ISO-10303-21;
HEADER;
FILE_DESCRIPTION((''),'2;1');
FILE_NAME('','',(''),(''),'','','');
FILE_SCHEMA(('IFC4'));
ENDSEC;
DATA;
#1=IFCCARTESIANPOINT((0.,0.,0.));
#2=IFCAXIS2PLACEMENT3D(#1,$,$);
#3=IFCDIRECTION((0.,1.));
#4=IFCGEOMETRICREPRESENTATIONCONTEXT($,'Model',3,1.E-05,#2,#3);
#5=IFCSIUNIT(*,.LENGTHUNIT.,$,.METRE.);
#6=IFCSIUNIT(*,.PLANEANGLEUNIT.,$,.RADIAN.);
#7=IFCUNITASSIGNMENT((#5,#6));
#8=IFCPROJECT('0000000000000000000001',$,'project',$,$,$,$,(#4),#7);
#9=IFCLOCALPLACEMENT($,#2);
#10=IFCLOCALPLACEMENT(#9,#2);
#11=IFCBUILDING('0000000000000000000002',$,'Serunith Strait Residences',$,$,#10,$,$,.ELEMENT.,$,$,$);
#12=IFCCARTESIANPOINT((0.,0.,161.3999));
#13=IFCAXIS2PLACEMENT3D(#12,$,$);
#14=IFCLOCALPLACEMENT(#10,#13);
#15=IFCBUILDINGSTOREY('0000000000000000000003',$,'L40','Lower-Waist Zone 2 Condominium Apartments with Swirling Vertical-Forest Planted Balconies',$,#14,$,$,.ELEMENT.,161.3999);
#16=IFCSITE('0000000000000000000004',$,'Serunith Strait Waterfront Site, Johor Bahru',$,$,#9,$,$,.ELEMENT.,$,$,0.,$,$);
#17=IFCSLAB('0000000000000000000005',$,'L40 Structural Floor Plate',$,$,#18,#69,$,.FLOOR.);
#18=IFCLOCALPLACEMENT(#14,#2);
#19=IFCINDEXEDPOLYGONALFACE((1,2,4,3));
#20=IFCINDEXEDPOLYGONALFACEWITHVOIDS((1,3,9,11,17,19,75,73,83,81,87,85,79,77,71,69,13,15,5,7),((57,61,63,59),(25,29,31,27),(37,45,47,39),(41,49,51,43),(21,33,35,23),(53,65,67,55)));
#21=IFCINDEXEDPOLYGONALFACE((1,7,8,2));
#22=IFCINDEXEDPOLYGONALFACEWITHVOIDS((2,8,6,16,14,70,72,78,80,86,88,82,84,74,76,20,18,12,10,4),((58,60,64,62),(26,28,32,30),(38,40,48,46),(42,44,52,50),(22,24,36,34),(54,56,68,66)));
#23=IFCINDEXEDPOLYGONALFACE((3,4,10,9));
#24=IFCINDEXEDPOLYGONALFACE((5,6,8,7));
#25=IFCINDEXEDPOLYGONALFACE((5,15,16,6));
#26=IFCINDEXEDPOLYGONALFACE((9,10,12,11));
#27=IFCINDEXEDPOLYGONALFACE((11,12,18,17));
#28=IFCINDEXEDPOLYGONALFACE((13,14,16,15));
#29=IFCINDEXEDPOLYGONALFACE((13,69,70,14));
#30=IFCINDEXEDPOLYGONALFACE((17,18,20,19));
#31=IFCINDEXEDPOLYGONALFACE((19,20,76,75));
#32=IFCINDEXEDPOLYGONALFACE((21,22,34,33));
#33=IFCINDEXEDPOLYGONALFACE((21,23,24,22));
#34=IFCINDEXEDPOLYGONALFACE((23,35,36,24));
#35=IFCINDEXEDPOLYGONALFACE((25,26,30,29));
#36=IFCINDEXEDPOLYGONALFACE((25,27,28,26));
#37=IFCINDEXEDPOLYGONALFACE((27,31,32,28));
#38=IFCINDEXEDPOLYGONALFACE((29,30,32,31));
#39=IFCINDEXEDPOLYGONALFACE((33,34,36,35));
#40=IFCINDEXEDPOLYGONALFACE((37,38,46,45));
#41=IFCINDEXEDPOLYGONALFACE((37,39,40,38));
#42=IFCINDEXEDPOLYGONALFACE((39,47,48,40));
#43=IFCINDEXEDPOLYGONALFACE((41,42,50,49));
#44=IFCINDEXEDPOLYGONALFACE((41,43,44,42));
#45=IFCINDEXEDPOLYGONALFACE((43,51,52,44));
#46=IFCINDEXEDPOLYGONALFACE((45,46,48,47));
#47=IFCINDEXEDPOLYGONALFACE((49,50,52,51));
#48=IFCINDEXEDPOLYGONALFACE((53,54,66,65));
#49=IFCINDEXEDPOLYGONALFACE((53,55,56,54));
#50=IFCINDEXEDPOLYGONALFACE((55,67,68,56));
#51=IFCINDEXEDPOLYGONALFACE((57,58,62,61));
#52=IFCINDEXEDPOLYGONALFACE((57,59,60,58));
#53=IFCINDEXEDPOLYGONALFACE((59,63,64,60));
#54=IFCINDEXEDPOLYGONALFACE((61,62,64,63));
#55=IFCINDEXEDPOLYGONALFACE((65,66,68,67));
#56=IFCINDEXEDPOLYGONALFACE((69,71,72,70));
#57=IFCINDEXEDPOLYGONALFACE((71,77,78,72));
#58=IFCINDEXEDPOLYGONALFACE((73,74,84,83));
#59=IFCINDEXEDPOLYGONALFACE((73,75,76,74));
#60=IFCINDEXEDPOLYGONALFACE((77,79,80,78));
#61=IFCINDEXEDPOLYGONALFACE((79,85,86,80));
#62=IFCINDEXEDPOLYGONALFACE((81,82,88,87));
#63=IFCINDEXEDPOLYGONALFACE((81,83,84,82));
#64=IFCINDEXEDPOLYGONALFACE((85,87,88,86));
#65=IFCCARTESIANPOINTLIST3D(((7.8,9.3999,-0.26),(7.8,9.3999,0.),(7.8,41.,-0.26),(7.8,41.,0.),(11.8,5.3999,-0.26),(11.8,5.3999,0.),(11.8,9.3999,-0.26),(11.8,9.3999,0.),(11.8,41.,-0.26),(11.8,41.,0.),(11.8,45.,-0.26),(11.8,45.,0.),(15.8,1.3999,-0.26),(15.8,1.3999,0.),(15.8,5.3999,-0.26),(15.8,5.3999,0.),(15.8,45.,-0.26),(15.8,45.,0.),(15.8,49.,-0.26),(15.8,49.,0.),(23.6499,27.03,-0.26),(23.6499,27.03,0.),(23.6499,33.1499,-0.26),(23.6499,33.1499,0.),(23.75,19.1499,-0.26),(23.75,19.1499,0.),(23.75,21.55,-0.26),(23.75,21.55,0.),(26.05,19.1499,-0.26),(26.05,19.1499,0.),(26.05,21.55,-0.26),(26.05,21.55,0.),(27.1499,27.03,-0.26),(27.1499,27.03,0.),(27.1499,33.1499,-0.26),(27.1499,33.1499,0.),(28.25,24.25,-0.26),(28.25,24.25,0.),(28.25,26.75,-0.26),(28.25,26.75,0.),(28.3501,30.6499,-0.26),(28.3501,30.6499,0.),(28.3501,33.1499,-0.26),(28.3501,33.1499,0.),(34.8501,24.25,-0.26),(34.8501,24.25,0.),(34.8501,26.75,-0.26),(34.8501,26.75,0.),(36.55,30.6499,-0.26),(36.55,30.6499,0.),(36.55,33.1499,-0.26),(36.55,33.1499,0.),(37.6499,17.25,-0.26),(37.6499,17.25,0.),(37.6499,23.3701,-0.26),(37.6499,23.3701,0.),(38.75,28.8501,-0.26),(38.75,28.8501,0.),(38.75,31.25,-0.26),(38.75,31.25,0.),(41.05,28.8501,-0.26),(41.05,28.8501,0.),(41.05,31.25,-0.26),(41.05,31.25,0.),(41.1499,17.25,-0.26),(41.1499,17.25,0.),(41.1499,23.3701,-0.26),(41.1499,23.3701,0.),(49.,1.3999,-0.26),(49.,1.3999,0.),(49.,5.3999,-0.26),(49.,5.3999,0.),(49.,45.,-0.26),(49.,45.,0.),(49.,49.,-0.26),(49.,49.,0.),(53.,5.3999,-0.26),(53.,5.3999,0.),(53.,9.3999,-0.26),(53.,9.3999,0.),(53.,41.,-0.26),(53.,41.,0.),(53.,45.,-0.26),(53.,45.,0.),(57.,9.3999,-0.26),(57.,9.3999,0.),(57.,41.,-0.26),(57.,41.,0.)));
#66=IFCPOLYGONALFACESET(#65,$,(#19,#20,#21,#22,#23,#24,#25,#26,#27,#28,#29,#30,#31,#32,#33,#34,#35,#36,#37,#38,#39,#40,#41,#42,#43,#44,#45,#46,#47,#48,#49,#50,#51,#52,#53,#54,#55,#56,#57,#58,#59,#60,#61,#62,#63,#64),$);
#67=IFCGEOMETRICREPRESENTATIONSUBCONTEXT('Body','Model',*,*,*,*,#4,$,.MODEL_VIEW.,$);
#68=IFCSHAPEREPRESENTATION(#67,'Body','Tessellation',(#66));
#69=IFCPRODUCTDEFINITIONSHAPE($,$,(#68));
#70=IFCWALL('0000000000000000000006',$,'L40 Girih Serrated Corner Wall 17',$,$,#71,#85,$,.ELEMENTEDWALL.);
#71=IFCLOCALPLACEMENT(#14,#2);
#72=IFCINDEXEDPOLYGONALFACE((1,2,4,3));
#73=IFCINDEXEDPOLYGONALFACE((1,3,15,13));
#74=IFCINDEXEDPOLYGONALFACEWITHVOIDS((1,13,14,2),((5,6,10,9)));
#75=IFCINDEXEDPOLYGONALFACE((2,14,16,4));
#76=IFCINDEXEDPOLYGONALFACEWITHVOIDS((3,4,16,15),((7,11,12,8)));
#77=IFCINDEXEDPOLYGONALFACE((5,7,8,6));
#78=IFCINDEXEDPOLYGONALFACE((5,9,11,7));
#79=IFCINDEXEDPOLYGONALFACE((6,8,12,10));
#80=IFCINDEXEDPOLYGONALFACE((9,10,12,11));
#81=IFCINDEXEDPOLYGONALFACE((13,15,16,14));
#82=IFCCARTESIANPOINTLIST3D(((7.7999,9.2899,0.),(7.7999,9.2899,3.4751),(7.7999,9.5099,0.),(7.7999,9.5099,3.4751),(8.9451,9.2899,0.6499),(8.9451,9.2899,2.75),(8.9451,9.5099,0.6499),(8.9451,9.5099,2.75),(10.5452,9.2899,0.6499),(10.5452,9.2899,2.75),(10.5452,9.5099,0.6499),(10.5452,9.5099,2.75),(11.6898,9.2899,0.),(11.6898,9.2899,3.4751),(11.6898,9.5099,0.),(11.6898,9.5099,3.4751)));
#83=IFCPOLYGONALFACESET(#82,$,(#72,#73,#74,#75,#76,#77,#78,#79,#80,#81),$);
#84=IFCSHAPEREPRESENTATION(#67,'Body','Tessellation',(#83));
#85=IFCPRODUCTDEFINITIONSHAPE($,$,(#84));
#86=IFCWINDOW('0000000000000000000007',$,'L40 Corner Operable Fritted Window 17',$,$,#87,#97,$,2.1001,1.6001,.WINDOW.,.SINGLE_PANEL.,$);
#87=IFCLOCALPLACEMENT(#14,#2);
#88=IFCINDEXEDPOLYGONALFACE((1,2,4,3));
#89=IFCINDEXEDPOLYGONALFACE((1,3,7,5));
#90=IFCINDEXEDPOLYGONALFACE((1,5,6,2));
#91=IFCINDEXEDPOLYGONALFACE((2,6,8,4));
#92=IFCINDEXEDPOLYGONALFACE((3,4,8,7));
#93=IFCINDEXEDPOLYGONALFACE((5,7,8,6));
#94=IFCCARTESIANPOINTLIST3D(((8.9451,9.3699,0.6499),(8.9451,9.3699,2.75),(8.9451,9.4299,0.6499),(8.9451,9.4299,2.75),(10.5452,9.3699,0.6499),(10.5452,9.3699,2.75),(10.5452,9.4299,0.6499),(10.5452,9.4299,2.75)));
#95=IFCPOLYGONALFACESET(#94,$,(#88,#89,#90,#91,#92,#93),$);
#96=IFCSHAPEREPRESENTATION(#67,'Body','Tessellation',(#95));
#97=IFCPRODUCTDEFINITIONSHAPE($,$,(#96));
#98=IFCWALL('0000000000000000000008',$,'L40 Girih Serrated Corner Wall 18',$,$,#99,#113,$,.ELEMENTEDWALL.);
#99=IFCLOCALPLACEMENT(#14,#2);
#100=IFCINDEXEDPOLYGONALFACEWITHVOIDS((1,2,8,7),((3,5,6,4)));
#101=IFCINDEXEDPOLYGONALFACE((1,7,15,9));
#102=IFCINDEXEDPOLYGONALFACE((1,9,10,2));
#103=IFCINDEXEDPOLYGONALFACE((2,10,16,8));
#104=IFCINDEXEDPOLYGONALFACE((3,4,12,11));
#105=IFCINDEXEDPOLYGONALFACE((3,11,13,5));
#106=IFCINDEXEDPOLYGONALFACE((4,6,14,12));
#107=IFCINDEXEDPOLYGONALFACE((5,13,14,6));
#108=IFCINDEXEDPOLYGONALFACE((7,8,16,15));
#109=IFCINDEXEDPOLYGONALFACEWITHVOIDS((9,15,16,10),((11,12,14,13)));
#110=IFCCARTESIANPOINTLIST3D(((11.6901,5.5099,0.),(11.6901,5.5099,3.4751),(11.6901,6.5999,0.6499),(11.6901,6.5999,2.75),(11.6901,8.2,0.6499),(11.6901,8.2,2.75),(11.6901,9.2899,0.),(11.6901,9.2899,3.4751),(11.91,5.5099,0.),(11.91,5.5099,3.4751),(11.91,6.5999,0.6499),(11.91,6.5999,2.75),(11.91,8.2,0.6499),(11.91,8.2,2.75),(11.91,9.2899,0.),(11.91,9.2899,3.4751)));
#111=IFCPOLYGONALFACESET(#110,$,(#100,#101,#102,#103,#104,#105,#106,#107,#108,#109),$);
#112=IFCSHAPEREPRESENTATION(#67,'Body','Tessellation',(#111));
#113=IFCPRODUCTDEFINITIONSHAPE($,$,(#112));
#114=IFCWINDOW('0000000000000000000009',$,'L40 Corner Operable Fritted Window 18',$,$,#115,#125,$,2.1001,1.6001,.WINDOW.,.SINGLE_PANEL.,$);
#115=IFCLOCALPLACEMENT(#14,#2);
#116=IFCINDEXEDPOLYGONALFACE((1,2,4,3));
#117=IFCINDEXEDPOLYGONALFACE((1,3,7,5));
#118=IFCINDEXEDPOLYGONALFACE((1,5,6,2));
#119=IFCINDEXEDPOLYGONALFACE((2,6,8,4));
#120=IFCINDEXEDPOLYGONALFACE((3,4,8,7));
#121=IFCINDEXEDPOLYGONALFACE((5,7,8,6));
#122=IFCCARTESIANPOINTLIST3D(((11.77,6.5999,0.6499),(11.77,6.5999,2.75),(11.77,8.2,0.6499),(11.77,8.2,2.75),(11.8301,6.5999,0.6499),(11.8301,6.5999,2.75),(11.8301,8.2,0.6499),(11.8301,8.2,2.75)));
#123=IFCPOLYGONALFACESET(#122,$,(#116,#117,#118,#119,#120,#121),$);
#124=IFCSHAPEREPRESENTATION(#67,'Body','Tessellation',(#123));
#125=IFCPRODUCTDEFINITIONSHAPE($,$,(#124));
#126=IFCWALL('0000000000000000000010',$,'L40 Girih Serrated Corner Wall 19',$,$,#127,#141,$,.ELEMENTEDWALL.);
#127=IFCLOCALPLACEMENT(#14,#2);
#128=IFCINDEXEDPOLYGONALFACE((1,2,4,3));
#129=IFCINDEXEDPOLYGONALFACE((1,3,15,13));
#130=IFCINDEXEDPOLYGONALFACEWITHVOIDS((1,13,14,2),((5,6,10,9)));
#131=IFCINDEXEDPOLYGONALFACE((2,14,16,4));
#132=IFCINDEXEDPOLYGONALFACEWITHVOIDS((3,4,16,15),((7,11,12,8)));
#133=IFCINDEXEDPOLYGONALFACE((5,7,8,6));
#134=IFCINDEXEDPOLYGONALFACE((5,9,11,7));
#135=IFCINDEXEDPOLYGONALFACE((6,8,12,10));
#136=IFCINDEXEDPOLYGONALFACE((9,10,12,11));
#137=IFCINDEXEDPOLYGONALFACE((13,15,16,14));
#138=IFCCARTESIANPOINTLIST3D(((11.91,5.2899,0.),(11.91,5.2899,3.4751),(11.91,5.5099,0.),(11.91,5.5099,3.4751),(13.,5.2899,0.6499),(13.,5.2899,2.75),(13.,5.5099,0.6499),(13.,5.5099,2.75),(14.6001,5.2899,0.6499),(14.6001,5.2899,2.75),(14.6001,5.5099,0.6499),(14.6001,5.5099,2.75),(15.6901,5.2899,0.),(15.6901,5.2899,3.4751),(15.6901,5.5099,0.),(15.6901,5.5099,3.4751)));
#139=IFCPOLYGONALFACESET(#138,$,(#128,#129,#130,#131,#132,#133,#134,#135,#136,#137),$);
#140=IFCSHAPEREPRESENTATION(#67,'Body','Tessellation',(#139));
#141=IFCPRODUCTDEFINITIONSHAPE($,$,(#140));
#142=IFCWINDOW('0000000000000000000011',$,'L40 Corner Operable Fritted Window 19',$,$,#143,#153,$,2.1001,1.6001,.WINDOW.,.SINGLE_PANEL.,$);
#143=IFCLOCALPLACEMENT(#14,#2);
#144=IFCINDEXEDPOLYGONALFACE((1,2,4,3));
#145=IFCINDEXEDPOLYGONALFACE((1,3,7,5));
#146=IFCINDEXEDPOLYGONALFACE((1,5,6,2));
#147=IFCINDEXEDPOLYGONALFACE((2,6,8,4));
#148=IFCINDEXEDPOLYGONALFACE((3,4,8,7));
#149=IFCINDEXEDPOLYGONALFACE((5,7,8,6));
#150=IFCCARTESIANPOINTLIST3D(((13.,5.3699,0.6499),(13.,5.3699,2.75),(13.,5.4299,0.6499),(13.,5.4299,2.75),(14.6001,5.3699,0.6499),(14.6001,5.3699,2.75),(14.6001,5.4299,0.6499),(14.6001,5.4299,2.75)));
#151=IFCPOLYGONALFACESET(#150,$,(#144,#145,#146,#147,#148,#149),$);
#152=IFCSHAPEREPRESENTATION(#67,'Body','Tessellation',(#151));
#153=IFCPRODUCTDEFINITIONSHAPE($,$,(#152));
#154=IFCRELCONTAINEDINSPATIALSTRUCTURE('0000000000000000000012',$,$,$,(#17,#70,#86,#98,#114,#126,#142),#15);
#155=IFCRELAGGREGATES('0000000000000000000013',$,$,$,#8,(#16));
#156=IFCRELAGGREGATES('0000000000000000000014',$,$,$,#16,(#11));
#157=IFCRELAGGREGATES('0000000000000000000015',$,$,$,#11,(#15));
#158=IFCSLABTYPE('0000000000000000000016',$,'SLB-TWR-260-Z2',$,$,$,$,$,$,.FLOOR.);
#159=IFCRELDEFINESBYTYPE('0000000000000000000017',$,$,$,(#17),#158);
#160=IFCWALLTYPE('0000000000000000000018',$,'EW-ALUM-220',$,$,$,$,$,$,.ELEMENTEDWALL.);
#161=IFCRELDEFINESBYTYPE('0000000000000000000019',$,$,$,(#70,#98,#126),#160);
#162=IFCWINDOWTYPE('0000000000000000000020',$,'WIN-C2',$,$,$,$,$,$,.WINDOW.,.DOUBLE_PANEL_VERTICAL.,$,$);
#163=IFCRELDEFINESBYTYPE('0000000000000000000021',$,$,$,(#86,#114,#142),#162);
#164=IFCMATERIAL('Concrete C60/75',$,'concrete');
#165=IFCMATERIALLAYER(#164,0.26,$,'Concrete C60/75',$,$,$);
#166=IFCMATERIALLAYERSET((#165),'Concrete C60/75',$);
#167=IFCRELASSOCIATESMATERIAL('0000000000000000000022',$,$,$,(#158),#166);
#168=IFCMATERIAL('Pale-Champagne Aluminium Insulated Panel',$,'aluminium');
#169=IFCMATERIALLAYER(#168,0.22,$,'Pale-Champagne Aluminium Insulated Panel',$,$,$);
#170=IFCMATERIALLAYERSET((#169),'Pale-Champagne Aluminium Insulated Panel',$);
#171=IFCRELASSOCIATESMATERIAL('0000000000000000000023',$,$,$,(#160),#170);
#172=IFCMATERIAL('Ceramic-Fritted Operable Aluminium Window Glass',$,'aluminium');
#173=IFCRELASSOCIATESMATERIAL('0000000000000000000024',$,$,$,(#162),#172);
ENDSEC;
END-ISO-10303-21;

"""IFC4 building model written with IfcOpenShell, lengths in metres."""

from ifc_helpers import new_model, si_unit, direction, frame, frame_2d, origin, place, context, subcontext, project, spatial, polyline, rectangle, outline, extrude, source, transform, mapped, material, layer, layer_set, type_object, element, fill, save


model = new_model("IFC4")

# Units and contexts
model_context = context("Model", 3, precision=1e-05, world=origin(), true_north=direction((0.0, 1.0)))
body_context = subcontext(model_context, "Body", "Model", "MODEL_VIEW")
ifc_project = project(units=[si_unit("LENGTHUNIT", "METRE"), si_unit("PLANEANGLEUNIT", "RADIAN")], contexts=[model_context])

# Site, building, storey
site_placement = place(None, origin())
site = spatial("IfcSite", under=ifc_project, at=site_placement, Name="Serunith Strait Waterfront Site, Johor Bahru", CompositionType="ELEMENT", RefElevation=0.0)
building_placement = place(site_placement, origin())
building = spatial("IfcBuilding", under=site, at=building_placement, Name="Serunith Strait Residences", CompositionType="ELEMENT")
storey_placement = place(building_placement, frame((0.0, 0.0, 161.3999)))
storey = spatial("IfcBuildingStorey", under=building, at=storey_placement, Name="L40", Description="Lower-Waist Zone 2 Condominium Apartments with Swirling Vertical-Forest Planted Balconies", CompositionType="ELEMENT", Elevation=161.3999)

# Slab
ifc_material_1 = material(Name="Concrete C60/75", Category="concrete")
ifc_layer_1 = layer(ifc_material_1, 0.26, Name="Concrete C60/75")
ifc_layer_set_1 = layer_set([ifc_layer_1], Name="Concrete C60/75")
slab_type_1 = type_object("IfcSlabType", Name="SLB-TWR-260-Z2", PredefinedType="FLOOR", material=ifc_layer_set_1)
slab_1_placement = place(storey_placement, frame((0.0, 0.0, -0.26)))
element("IfcSlab", 1, at=slab_1_placement, inside=storey, type_object=slab_type_1, Name="L40 Structural Floor Plate", PredefinedType="FLOOR", context=body_context, shape_type="SweptSolid", body=[
    extrude(outline(polyline([(15.8, 5.3999), (11.8, 5.3999), (11.8, 9.3999), (7.8, 9.3999), (7.8, 41.0), (11.8, 41.0), (11.8, 45.0), (15.8, 45.0), (15.8, 49.0), (49.0, 49.0), (49.0, 45.0), (53.0, 45.0), (53.0, 41.0), (57.0, 41.0), (57.0, 9.3999), (53.0, 9.3999), (53.0, 5.3999), (49.0, 5.3999), (49.0, 1.3999), (15.8, 1.3999), (15.8, 5.3999)]), holes=[polyline([(41.1499, 23.3701), (37.6499, 23.3701), (37.6499, 17.25), (41.1499, 17.25), (41.1499, 23.3701)]), polyline([(38.75, 31.25), (38.75, 28.8501), (41.05, 28.8501), (41.05, 31.25), (38.75, 31.25)]), polyline([(36.55, 33.1499), (28.3501, 33.1499), (28.3501, 30.6499), (36.55, 30.6499), (36.55, 33.1499)]), polyline([(34.8501, 26.75), (28.25, 26.75), (28.25, 24.25), (34.8501, 24.25), (34.8501, 26.75)]), polyline([(23.6499, 33.1499), (23.6499, 27.03), (27.1499, 27.03), (27.1499, 33.1499), (23.6499, 33.1499)]), polyline([(26.05, 21.55), (23.75, 21.55), (23.75, 19.1499), (26.05, 19.1499), (26.05, 21.55)])]), origin(), (0.0, 0.0, 1.0), 0.26),
])

# Walls, openings, windows
ifc_material_2 = material(Name="Pale-Champagne Aluminium Insulated Panel", Category="aluminium")
ifc_layer_2 = layer(ifc_material_2, 0.22, Name="Pale-Champagne Aluminium Insulated Panel")
ifc_layer_set_2 = layer_set([ifc_layer_2], Name="Pale-Champagne Aluminium Insulated Panel")
wall_type = type_object("IfcWallType", Name="EW-ALUM-220", PredefinedType="ELEMENTEDWALL", material=ifc_layer_set_2)
wall_1_placement = place(storey_placement, frame((7.8, 9.3999, 0.0), z_axis=(0.0, 0.0, 1.0), x_axis=(1.0, 0.0, 0.0)))
wall_1 = element("IfcWall", 2, at=wall_1_placement, inside=storey, type_object=wall_type, Name="L40 Girih Serrated Corner Wall 17", PredefinedType="ELEMENTEDWALL", context=body_context, shape_type="SweptSolid", body=[
    extrude(rectangle(XDim=3.8899, YDim=0.22, at=frame_2d((1.9448, 0.0))), origin(), (0.0, 0.0, 1.0), 3.4751),
])
opening_1_placement = place(wall_1_placement, frame((1.145, 0.0, 0.6499)))
opening_1 = element("IfcOpeningElement", 3, at=opening_1_placement, cuts=wall_1, PredefinedType="OPENING", context=body_context, shape_type="SweptSolid", body=[
    extrude(rectangle(XDim=1.6001, YDim=2.1001, at=frame_2d((0.8, 1.05))), frame((0.0, 0.1201, 0.0), z_axis=(0.0, -1.0, 0.0), x_axis=(1.0, 0.0, 0.0)), (0.0, 0.0, 1.0), 0.24),
])
ifc_material_3 = material(Name="Ceramic-Fritted Operable Aluminium Window Glass", Category="aluminium")
window_type = type_object("IfcWindowType", Name="WIN-C2", PartitioningType="DOUBLE_PANEL_VERTICAL", PredefinedType="WINDOW", material=ifc_material_3)
shared_shape_1 = source(origin(), body_context, "Body", "SweptSolid", [
    extrude(rectangle(XDim=1.6001, YDim=2.1001, at=frame_2d((0.8, 1.05))), frame((0.0, 0.03, 0.0), z_axis=(0.0, -1.0, 0.0), x_axis=(1.0, 0.0, 0.0)), (0.0, 0.0, 1.0), 0.0601),
])
window_1_placement = place(opening_1_placement, origin())
window_1 = element("IfcWindow", 4, at=window_1_placement, inside=storey, type_object=window_type, Name="L40 Corner Operable Fritted Window 17", OverallHeight=2.1001, OverallWidth=1.6001, PartitioningType="SINGLE_PANEL", PredefinedType="WINDOW", context=body_context, shape_type="MappedRepresentation", body=[
    mapped(shared_shape_1, transform((0.0, 0.0, 0.0), scale=1.0)),
])
fill(opening_1, window_1)
wall_2_placement = place(storey_placement, frame((11.8, 9.29, 0.0), z_axis=(0.0, 0.0, 1.0), x_axis=(0.0, -1.0, 0.0)))
wall_2 = element("IfcWall", 5, at=wall_2_placement, inside=storey, type_object=wall_type, Name="L40 Girih Serrated Corner Wall 18", PredefinedType="ELEMENTEDWALL", context=body_context, shape_type="SweptSolid", body=[
    extrude(rectangle(XDim=3.78, YDim=0.22, at=frame_2d((1.8901, 0.0))), origin(), (0.0, 0.0, 1.0), 3.4751),
])
opening_2_placement = place(wall_2_placement, frame((1.0901, 0.0, 0.6499)))
opening_2 = element("IfcOpeningElement", 6, at=opening_2_placement, cuts=wall_2, PredefinedType="OPENING", context=body_context, shape_type="SweptSolid", body=[
    extrude(rectangle(XDim=1.6001, YDim=2.1001, at=frame_2d((0.8, 1.05))), frame((0.0, 0.1201, 0.0), z_axis=(0.0, -1.0, 0.0), x_axis=(1.0, 0.0, 0.0)), (0.0, 0.0, 1.0), 0.24),
])
window_2_placement = place(opening_2_placement, origin())
window_2 = element("IfcWindow", 7, at=window_2_placement, inside=storey, type_object=window_type, Name="L40 Corner Operable Fritted Window 18", OverallHeight=2.1001, OverallWidth=1.6001, PartitioningType="SINGLE_PANEL", PredefinedType="WINDOW", context=body_context, shape_type="MappedRepresentation", body=[
    mapped(shared_shape_1, transform((0.0, 0.0, 0.0), scale=1.0)),
])
fill(opening_2, window_2)
wall_3_placement = place(storey_placement, frame((11.9099, 5.3999, 0.0), z_axis=(0.0, 0.0, 1.0), x_axis=(1.0, 0.0, 0.0)))
wall_3 = element("IfcWall", 8, at=wall_3_placement, inside=storey, type_object=wall_type, Name="L40 Girih Serrated Corner Wall 19", PredefinedType="ELEMENTEDWALL", context=body_context, shape_type="SweptSolid", body=[
    extrude(rectangle(XDim=3.78, YDim=0.22, at=frame_2d((1.8901, 0.0))), origin(), (0.0, 0.0, 1.0), 3.4751),
])
opening_3_placement = place(wall_3_placement, frame((1.0901, 0.0, 0.6499)))
opening_3 = element("IfcOpeningElement", 9, at=opening_3_placement, cuts=wall_3, PredefinedType="OPENING", context=body_context, shape_type="SweptSolid", body=[
    extrude(rectangle(XDim=1.6001, YDim=2.1001, at=frame_2d((0.8, 1.05))), frame((0.0, 0.1201, 0.0), z_axis=(0.0, -1.0, 0.0), x_axis=(1.0, 0.0, 0.0)), (0.0, 0.0, 1.0), 0.24),
])
window_3_placement = place(opening_3_placement, origin())
window_3 = element("IfcWindow", 10, at=window_3_placement, inside=storey, type_object=window_type, Name="L40 Corner Operable Fritted Window 19", OverallHeight=2.1001, OverallWidth=1.6001, PartitioningType="SINGLE_PANEL", PredefinedType="WINDOW", context=body_context, shape_type="MappedRepresentation", body=[
    mapped(shared_shape_1, transform((0.0, 0.0, 0.0), scale=1.0)),
])
fill(opening_3, window_3)

save(model, "model.ifc")
